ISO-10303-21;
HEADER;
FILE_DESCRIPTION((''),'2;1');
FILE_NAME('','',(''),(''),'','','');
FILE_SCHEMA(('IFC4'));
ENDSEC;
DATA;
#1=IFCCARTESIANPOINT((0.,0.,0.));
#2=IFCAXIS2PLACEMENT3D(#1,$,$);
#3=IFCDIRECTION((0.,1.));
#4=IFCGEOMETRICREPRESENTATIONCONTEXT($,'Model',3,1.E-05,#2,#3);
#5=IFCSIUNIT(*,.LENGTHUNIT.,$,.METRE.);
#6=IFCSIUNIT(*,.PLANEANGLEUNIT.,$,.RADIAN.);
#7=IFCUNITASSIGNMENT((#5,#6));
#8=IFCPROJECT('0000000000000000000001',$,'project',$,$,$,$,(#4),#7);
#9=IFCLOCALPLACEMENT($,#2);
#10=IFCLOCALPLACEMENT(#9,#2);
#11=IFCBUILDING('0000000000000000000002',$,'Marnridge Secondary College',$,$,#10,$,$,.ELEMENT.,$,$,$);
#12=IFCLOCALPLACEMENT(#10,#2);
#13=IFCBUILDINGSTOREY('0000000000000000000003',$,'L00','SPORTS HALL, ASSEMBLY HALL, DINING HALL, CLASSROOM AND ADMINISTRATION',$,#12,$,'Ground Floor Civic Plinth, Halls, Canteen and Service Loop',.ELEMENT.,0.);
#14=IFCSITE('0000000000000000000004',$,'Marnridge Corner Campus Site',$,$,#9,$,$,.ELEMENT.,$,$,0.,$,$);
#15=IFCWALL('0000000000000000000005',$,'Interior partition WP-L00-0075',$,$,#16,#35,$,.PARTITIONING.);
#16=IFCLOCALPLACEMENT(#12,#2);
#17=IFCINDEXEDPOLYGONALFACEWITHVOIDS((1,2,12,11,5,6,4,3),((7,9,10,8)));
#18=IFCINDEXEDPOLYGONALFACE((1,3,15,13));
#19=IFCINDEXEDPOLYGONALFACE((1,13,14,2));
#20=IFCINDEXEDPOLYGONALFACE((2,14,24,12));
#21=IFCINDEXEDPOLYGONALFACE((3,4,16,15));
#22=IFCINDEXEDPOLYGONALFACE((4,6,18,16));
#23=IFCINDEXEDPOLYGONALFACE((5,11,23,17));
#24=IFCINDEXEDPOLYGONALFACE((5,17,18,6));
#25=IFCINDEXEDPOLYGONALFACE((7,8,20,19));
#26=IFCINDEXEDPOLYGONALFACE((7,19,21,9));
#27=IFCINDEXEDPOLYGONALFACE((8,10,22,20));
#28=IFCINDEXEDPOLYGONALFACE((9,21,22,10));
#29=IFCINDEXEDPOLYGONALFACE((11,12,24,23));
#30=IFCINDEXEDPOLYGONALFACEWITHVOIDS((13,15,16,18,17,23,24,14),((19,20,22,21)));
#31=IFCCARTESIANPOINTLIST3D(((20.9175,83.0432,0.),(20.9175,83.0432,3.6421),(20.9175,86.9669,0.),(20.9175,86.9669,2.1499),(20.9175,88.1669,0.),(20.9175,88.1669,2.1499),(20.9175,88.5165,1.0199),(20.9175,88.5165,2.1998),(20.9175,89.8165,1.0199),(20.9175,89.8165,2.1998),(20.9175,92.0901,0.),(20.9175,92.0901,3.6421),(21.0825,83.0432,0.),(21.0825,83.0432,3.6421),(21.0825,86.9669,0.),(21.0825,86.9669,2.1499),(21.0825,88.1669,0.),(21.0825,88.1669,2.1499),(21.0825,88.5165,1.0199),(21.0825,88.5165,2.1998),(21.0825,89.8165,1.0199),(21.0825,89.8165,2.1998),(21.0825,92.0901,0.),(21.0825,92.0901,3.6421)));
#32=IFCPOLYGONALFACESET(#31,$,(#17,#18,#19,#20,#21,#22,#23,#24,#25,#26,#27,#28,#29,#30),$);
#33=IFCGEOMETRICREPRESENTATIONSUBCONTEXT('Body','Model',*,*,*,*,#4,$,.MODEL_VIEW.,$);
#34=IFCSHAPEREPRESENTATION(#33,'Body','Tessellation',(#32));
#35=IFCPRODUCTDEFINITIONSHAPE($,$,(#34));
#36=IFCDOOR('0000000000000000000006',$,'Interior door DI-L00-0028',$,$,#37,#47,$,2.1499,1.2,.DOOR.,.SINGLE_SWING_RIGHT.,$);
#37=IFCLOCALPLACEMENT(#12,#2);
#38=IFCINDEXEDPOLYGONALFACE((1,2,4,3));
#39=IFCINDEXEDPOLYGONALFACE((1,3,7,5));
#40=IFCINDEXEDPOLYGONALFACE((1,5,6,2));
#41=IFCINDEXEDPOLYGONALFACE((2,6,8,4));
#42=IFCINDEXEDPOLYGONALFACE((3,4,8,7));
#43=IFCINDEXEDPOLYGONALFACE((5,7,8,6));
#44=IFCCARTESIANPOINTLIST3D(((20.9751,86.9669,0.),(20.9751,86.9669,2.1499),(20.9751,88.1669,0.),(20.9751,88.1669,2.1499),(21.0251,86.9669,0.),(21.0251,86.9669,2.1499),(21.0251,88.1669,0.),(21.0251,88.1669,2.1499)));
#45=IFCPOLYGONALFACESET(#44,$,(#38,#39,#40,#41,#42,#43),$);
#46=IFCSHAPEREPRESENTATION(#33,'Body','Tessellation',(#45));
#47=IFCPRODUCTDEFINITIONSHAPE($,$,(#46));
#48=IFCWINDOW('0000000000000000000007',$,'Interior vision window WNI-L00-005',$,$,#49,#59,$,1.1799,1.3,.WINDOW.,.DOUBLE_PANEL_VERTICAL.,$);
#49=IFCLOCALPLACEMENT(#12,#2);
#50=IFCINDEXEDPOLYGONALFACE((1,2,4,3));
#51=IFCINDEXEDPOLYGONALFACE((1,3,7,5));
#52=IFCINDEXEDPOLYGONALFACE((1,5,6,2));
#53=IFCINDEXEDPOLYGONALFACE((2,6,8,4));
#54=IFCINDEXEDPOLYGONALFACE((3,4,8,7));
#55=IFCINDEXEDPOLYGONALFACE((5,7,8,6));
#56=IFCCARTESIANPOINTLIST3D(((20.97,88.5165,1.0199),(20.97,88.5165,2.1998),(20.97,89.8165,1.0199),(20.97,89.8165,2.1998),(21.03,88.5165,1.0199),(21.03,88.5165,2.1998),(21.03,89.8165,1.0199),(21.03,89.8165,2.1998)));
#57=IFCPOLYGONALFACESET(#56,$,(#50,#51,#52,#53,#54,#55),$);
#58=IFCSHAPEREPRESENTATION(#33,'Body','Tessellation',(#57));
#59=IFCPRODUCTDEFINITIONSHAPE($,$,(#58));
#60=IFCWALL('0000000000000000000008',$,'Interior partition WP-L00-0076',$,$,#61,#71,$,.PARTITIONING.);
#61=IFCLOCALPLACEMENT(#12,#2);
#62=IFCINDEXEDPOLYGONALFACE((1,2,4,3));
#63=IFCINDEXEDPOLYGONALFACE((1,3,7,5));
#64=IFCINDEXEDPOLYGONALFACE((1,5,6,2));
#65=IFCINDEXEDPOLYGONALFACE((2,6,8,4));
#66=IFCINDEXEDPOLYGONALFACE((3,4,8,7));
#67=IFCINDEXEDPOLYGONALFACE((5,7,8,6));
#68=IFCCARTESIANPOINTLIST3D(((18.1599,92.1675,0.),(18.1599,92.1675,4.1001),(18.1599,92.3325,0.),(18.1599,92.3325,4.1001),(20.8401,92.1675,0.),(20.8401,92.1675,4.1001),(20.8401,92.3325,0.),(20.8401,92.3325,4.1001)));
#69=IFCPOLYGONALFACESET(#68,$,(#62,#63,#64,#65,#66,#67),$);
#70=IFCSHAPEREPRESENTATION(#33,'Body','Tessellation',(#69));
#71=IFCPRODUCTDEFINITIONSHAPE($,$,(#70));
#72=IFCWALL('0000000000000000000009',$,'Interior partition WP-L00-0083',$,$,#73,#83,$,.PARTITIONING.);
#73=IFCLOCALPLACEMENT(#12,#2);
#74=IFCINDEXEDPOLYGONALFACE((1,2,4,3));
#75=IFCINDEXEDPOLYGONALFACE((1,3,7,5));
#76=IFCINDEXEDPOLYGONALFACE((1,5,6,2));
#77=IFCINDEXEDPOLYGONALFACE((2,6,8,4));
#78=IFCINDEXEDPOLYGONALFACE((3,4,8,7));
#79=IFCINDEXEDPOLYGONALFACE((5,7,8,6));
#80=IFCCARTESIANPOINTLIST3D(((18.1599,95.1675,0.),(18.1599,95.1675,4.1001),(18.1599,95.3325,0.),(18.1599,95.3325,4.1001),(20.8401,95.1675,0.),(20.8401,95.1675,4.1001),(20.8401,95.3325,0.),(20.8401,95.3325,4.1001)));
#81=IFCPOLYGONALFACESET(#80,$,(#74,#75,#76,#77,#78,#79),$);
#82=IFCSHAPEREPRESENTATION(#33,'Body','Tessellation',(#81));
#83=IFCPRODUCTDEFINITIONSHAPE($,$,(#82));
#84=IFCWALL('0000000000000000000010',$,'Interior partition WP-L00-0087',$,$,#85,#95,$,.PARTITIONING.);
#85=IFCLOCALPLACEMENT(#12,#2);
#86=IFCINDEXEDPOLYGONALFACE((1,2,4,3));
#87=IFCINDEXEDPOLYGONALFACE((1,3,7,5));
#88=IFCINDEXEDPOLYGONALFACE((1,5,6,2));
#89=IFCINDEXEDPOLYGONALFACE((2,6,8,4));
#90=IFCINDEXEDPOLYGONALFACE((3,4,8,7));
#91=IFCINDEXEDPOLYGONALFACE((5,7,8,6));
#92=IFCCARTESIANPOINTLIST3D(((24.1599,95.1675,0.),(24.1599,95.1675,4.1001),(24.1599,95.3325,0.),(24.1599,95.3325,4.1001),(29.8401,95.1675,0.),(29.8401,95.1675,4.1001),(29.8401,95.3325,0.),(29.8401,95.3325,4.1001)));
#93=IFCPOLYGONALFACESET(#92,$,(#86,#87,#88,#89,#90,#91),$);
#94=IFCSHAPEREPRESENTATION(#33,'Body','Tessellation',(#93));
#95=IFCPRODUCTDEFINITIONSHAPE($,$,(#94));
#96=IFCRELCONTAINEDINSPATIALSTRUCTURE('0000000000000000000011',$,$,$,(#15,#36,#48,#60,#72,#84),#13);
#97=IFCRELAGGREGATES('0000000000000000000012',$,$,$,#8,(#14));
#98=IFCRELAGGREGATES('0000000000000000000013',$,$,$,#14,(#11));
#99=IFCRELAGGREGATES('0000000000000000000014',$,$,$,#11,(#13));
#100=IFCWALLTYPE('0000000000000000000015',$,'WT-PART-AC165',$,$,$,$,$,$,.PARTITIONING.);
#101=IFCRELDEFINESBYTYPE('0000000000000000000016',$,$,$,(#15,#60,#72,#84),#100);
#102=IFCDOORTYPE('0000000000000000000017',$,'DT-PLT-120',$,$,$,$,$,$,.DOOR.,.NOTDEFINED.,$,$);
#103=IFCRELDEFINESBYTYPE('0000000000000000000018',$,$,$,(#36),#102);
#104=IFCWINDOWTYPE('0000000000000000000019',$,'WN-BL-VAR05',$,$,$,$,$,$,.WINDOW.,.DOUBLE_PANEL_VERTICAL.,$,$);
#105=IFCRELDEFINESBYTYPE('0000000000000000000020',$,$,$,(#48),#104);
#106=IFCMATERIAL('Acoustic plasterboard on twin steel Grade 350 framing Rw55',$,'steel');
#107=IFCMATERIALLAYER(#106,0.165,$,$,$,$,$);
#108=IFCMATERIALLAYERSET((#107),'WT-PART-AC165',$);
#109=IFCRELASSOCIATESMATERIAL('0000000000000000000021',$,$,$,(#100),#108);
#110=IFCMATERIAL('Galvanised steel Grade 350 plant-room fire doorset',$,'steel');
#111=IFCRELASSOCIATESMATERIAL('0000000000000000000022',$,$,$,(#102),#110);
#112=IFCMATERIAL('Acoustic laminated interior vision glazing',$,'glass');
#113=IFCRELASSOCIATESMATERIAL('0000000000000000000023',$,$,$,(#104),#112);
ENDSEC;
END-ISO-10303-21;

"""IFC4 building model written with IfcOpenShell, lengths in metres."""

from ifc_helpers import new_model, si_unit, direction, frame, frame_2d, origin, place, context, subcontext, project, spatial, rectangle, extrude, material, layer, layer_set, type_object, element, fill, save


model = new_model("IFC4")

# Units and contexts
model_context = context("Model", 3, precision=1e-05, world=origin(), true_north=direction((0.0, 1.0)))
body_context = subcontext(model_context, "Body", "Model", "MODEL_VIEW")
ifc_project = project(units=[si_unit("LENGTHUNIT", "METRE"), si_unit("PLANEANGLEUNIT", "RADIAN")], contexts=[model_context])

# Site, building, storey
site_placement = place(None, origin())
site = spatial("IfcSite", under=ifc_project, at=site_placement, Name="Marnridge Corner Campus Site", CompositionType="ELEMENT", RefElevation=0.0)
building_placement = place(site_placement, origin())
building = spatial("IfcBuilding", under=site, at=building_placement, Name="Marnridge Secondary College", CompositionType="ELEMENT")
storey_placement = place(building_placement, origin())
storey = spatial("IfcBuildingStorey", under=building, at=storey_placement, Name="L00", Description="SPORTS HALL, ASSEMBLY HALL, DINING HALL, CLASSROOM AND ADMINISTRATION", LongName="Ground Floor Civic Plinth, Halls, Canteen and Service Loop", CompositionType="ELEMENT", Elevation=0.0)

# Shared definitions
ifc_material_1 = material(Name="Acoustic plasterboard on twin steel Grade 350 framing Rw55", Category="steel")
ifc_layer_1 = layer(ifc_material_1, 0.165)
ifc_layer_set_1 = layer_set([ifc_layer_1], Name="WT-PART-AC165")
wall_type = type_object("IfcWallType", Name="WT-PART-AC165", PredefinedType="PARTITIONING", material=ifc_layer_set_1)
ifc_material_2 = material(Name="Galvanised steel Grade 350 plant-room fire doorset", Category="steel")
door_type = type_object("IfcDoorType", Name="DT-PLT-120", OperationType="NOTDEFINED", PredefinedType="DOOR", material=ifc_material_2)

# Wall, openings, door, window
wall_1_placement = place(storey_placement, frame((21.0, 83.0432, 0.0), z_axis=(0.0, 0.0, 1.0), x_axis=(0.0, 1.0, 0.0)))
wall_1 = element("IfcWall", 1, at=wall_1_placement, inside=storey, type_object=wall_type, Name="Interior partition WP-L00-0075", PredefinedType="PARTITIONING", context=body_context, shape_type="SweptSolid", body=[
    extrude(rectangle(XDim=9.0469, YDim=0.165, at=frame_2d((4.5234, 0.0))), origin(), (0.0, 0.0, 1.0), 3.6421),
])
opening_1_placement = place(wall_1_placement, frame((3.9236, 0.0, 0.0)))
opening_1 = element("IfcOpeningElement", 2, at=opening_1_placement, cuts=wall_1, PredefinedType="OPENING", context=body_context, shape_type="SweptSolid", body=[
    extrude(rectangle(XDim=1.2, YDim=2.1499, at=frame_2d((0.6001, 1.075))), frame((0.0, 0.0925, 0.0), z_axis=(0.0, -1.0, 0.0), x_axis=(1.0, 0.0, 0.0)), (0.0, 0.0, 1.0), 0.1851),
])
opening_2_placement = place(wall_1_placement, frame((5.4734, 0.0, 1.02)))
opening_2 = element("IfcOpeningElement", 3, at=opening_2_placement, cuts=wall_1, PredefinedType="OPENING", context=body_context, shape_type="SweptSolid", body=[
    extrude(rectangle(XDim=1.3, YDim=1.1799, at=frame_2d((0.6499, 0.5898))), frame((0.0, 0.0925, 0.0), z_axis=(0.0, -1.0, 0.0), x_axis=(1.0, 0.0, 0.0)), (0.0, 0.0, 1.0), 0.1851),
])
door_1_placement = place(opening_1_placement, origin())
door_1 = element("IfcDoor", 4, at=door_1_placement, inside=storey, type_object=door_type, Name="Interior door DI-L00-0028", OperationType="SINGLE_SWING_RIGHT", OverallHeight=2.1499, OverallWidth=1.2, PredefinedType="DOOR", context=body_context, shape_type="SweptSolid", body=[
    extrude(rectangle(XDim=1.2, YDim=2.1499, at=frame_2d((0.6001, 1.075))), frame((0.0, 0.0249, 0.0), z_axis=(0.0, -1.0, 0.0), x_axis=(1.0, 0.0, 0.0)), (0.0, 0.0, 1.0), 0.05),
])
fill(opening_1, door_1)
ifc_material_3 = material(Name="Acoustic laminated interior vision glazing", Category="glass")
window_type = type_object("IfcWindowType", Name="WN-BL-VAR05", PartitioningType="DOUBLE_PANEL_VERTICAL", PredefinedType="WINDOW", material=ifc_material_3)
window_placement = place(opening_2_placement, origin())
window = element("IfcWindow", 5, at=window_placement, inside=storey, type_object=window_type, Name="Interior vision window WNI-L00-005", OverallHeight=1.1799, OverallWidth=1.3, PartitioningType="DOUBLE_PANEL_VERTICAL", PredefinedType="WINDOW", context=body_context, shape_type="SweptSolid", body=[
    extrude(rectangle(XDim=1.3, YDim=1.1799, at=frame_2d((0.6499, 0.5898))), frame((0.0, 0.03, 0.0), z_axis=(0.0, -1.0, 0.0), x_axis=(1.0, 0.0, 0.0)), (0.0, 0.0, 1.0), 0.0601),
])
fill(opening_2, window)

# Walls
for number, where, z_axis, x_axis, name in (
    (6, (20.8401, 92.25, 0.0), (0.0, 0.0, 1.0), (-1.0, 0.0, 0.0), "Interior partition WP-L00-0076"),
    (7, (18.1599, 95.25, 0.0), (0.0, 0.0, 1.0), (1.0, 0.0, 0.0), "Interior partition WP-L00-0083"),
):
    element("IfcWall", number, at=place(storey_placement, frame(where, z_axis=z_axis, x_axis=x_axis)), inside=storey, type_object=wall_type, Name=name, PredefinedType="PARTITIONING", context=body_context, shape_type="SweptSolid", body=[
        extrude(rectangle(XDim=2.6802, YDim=0.165, at=frame_2d((1.3401, 0.0))), origin(), (0.0, 0.0, 1.0), 4.1001),
    ])
wall_2_placement = place(storey_placement, frame((24.1599, 95.25, 0.0), z_axis=(0.0, 0.0, 1.0), x_axis=(1.0, 0.0, 0.0)))
element("IfcWall", 8, at=wall_2_placement, inside=storey, type_object=wall_type, Name="Interior partition WP-L00-0087", PredefinedType="PARTITIONING", context=body_context, shape_type="SweptSolid", body=[
    extrude(rectangle(XDim=5.6802, YDim=0.165, at=frame_2d((2.8401, 0.0))), origin(), (0.0, 0.0, 1.0), 4.1001),
])

save(model, "model.ifc")
